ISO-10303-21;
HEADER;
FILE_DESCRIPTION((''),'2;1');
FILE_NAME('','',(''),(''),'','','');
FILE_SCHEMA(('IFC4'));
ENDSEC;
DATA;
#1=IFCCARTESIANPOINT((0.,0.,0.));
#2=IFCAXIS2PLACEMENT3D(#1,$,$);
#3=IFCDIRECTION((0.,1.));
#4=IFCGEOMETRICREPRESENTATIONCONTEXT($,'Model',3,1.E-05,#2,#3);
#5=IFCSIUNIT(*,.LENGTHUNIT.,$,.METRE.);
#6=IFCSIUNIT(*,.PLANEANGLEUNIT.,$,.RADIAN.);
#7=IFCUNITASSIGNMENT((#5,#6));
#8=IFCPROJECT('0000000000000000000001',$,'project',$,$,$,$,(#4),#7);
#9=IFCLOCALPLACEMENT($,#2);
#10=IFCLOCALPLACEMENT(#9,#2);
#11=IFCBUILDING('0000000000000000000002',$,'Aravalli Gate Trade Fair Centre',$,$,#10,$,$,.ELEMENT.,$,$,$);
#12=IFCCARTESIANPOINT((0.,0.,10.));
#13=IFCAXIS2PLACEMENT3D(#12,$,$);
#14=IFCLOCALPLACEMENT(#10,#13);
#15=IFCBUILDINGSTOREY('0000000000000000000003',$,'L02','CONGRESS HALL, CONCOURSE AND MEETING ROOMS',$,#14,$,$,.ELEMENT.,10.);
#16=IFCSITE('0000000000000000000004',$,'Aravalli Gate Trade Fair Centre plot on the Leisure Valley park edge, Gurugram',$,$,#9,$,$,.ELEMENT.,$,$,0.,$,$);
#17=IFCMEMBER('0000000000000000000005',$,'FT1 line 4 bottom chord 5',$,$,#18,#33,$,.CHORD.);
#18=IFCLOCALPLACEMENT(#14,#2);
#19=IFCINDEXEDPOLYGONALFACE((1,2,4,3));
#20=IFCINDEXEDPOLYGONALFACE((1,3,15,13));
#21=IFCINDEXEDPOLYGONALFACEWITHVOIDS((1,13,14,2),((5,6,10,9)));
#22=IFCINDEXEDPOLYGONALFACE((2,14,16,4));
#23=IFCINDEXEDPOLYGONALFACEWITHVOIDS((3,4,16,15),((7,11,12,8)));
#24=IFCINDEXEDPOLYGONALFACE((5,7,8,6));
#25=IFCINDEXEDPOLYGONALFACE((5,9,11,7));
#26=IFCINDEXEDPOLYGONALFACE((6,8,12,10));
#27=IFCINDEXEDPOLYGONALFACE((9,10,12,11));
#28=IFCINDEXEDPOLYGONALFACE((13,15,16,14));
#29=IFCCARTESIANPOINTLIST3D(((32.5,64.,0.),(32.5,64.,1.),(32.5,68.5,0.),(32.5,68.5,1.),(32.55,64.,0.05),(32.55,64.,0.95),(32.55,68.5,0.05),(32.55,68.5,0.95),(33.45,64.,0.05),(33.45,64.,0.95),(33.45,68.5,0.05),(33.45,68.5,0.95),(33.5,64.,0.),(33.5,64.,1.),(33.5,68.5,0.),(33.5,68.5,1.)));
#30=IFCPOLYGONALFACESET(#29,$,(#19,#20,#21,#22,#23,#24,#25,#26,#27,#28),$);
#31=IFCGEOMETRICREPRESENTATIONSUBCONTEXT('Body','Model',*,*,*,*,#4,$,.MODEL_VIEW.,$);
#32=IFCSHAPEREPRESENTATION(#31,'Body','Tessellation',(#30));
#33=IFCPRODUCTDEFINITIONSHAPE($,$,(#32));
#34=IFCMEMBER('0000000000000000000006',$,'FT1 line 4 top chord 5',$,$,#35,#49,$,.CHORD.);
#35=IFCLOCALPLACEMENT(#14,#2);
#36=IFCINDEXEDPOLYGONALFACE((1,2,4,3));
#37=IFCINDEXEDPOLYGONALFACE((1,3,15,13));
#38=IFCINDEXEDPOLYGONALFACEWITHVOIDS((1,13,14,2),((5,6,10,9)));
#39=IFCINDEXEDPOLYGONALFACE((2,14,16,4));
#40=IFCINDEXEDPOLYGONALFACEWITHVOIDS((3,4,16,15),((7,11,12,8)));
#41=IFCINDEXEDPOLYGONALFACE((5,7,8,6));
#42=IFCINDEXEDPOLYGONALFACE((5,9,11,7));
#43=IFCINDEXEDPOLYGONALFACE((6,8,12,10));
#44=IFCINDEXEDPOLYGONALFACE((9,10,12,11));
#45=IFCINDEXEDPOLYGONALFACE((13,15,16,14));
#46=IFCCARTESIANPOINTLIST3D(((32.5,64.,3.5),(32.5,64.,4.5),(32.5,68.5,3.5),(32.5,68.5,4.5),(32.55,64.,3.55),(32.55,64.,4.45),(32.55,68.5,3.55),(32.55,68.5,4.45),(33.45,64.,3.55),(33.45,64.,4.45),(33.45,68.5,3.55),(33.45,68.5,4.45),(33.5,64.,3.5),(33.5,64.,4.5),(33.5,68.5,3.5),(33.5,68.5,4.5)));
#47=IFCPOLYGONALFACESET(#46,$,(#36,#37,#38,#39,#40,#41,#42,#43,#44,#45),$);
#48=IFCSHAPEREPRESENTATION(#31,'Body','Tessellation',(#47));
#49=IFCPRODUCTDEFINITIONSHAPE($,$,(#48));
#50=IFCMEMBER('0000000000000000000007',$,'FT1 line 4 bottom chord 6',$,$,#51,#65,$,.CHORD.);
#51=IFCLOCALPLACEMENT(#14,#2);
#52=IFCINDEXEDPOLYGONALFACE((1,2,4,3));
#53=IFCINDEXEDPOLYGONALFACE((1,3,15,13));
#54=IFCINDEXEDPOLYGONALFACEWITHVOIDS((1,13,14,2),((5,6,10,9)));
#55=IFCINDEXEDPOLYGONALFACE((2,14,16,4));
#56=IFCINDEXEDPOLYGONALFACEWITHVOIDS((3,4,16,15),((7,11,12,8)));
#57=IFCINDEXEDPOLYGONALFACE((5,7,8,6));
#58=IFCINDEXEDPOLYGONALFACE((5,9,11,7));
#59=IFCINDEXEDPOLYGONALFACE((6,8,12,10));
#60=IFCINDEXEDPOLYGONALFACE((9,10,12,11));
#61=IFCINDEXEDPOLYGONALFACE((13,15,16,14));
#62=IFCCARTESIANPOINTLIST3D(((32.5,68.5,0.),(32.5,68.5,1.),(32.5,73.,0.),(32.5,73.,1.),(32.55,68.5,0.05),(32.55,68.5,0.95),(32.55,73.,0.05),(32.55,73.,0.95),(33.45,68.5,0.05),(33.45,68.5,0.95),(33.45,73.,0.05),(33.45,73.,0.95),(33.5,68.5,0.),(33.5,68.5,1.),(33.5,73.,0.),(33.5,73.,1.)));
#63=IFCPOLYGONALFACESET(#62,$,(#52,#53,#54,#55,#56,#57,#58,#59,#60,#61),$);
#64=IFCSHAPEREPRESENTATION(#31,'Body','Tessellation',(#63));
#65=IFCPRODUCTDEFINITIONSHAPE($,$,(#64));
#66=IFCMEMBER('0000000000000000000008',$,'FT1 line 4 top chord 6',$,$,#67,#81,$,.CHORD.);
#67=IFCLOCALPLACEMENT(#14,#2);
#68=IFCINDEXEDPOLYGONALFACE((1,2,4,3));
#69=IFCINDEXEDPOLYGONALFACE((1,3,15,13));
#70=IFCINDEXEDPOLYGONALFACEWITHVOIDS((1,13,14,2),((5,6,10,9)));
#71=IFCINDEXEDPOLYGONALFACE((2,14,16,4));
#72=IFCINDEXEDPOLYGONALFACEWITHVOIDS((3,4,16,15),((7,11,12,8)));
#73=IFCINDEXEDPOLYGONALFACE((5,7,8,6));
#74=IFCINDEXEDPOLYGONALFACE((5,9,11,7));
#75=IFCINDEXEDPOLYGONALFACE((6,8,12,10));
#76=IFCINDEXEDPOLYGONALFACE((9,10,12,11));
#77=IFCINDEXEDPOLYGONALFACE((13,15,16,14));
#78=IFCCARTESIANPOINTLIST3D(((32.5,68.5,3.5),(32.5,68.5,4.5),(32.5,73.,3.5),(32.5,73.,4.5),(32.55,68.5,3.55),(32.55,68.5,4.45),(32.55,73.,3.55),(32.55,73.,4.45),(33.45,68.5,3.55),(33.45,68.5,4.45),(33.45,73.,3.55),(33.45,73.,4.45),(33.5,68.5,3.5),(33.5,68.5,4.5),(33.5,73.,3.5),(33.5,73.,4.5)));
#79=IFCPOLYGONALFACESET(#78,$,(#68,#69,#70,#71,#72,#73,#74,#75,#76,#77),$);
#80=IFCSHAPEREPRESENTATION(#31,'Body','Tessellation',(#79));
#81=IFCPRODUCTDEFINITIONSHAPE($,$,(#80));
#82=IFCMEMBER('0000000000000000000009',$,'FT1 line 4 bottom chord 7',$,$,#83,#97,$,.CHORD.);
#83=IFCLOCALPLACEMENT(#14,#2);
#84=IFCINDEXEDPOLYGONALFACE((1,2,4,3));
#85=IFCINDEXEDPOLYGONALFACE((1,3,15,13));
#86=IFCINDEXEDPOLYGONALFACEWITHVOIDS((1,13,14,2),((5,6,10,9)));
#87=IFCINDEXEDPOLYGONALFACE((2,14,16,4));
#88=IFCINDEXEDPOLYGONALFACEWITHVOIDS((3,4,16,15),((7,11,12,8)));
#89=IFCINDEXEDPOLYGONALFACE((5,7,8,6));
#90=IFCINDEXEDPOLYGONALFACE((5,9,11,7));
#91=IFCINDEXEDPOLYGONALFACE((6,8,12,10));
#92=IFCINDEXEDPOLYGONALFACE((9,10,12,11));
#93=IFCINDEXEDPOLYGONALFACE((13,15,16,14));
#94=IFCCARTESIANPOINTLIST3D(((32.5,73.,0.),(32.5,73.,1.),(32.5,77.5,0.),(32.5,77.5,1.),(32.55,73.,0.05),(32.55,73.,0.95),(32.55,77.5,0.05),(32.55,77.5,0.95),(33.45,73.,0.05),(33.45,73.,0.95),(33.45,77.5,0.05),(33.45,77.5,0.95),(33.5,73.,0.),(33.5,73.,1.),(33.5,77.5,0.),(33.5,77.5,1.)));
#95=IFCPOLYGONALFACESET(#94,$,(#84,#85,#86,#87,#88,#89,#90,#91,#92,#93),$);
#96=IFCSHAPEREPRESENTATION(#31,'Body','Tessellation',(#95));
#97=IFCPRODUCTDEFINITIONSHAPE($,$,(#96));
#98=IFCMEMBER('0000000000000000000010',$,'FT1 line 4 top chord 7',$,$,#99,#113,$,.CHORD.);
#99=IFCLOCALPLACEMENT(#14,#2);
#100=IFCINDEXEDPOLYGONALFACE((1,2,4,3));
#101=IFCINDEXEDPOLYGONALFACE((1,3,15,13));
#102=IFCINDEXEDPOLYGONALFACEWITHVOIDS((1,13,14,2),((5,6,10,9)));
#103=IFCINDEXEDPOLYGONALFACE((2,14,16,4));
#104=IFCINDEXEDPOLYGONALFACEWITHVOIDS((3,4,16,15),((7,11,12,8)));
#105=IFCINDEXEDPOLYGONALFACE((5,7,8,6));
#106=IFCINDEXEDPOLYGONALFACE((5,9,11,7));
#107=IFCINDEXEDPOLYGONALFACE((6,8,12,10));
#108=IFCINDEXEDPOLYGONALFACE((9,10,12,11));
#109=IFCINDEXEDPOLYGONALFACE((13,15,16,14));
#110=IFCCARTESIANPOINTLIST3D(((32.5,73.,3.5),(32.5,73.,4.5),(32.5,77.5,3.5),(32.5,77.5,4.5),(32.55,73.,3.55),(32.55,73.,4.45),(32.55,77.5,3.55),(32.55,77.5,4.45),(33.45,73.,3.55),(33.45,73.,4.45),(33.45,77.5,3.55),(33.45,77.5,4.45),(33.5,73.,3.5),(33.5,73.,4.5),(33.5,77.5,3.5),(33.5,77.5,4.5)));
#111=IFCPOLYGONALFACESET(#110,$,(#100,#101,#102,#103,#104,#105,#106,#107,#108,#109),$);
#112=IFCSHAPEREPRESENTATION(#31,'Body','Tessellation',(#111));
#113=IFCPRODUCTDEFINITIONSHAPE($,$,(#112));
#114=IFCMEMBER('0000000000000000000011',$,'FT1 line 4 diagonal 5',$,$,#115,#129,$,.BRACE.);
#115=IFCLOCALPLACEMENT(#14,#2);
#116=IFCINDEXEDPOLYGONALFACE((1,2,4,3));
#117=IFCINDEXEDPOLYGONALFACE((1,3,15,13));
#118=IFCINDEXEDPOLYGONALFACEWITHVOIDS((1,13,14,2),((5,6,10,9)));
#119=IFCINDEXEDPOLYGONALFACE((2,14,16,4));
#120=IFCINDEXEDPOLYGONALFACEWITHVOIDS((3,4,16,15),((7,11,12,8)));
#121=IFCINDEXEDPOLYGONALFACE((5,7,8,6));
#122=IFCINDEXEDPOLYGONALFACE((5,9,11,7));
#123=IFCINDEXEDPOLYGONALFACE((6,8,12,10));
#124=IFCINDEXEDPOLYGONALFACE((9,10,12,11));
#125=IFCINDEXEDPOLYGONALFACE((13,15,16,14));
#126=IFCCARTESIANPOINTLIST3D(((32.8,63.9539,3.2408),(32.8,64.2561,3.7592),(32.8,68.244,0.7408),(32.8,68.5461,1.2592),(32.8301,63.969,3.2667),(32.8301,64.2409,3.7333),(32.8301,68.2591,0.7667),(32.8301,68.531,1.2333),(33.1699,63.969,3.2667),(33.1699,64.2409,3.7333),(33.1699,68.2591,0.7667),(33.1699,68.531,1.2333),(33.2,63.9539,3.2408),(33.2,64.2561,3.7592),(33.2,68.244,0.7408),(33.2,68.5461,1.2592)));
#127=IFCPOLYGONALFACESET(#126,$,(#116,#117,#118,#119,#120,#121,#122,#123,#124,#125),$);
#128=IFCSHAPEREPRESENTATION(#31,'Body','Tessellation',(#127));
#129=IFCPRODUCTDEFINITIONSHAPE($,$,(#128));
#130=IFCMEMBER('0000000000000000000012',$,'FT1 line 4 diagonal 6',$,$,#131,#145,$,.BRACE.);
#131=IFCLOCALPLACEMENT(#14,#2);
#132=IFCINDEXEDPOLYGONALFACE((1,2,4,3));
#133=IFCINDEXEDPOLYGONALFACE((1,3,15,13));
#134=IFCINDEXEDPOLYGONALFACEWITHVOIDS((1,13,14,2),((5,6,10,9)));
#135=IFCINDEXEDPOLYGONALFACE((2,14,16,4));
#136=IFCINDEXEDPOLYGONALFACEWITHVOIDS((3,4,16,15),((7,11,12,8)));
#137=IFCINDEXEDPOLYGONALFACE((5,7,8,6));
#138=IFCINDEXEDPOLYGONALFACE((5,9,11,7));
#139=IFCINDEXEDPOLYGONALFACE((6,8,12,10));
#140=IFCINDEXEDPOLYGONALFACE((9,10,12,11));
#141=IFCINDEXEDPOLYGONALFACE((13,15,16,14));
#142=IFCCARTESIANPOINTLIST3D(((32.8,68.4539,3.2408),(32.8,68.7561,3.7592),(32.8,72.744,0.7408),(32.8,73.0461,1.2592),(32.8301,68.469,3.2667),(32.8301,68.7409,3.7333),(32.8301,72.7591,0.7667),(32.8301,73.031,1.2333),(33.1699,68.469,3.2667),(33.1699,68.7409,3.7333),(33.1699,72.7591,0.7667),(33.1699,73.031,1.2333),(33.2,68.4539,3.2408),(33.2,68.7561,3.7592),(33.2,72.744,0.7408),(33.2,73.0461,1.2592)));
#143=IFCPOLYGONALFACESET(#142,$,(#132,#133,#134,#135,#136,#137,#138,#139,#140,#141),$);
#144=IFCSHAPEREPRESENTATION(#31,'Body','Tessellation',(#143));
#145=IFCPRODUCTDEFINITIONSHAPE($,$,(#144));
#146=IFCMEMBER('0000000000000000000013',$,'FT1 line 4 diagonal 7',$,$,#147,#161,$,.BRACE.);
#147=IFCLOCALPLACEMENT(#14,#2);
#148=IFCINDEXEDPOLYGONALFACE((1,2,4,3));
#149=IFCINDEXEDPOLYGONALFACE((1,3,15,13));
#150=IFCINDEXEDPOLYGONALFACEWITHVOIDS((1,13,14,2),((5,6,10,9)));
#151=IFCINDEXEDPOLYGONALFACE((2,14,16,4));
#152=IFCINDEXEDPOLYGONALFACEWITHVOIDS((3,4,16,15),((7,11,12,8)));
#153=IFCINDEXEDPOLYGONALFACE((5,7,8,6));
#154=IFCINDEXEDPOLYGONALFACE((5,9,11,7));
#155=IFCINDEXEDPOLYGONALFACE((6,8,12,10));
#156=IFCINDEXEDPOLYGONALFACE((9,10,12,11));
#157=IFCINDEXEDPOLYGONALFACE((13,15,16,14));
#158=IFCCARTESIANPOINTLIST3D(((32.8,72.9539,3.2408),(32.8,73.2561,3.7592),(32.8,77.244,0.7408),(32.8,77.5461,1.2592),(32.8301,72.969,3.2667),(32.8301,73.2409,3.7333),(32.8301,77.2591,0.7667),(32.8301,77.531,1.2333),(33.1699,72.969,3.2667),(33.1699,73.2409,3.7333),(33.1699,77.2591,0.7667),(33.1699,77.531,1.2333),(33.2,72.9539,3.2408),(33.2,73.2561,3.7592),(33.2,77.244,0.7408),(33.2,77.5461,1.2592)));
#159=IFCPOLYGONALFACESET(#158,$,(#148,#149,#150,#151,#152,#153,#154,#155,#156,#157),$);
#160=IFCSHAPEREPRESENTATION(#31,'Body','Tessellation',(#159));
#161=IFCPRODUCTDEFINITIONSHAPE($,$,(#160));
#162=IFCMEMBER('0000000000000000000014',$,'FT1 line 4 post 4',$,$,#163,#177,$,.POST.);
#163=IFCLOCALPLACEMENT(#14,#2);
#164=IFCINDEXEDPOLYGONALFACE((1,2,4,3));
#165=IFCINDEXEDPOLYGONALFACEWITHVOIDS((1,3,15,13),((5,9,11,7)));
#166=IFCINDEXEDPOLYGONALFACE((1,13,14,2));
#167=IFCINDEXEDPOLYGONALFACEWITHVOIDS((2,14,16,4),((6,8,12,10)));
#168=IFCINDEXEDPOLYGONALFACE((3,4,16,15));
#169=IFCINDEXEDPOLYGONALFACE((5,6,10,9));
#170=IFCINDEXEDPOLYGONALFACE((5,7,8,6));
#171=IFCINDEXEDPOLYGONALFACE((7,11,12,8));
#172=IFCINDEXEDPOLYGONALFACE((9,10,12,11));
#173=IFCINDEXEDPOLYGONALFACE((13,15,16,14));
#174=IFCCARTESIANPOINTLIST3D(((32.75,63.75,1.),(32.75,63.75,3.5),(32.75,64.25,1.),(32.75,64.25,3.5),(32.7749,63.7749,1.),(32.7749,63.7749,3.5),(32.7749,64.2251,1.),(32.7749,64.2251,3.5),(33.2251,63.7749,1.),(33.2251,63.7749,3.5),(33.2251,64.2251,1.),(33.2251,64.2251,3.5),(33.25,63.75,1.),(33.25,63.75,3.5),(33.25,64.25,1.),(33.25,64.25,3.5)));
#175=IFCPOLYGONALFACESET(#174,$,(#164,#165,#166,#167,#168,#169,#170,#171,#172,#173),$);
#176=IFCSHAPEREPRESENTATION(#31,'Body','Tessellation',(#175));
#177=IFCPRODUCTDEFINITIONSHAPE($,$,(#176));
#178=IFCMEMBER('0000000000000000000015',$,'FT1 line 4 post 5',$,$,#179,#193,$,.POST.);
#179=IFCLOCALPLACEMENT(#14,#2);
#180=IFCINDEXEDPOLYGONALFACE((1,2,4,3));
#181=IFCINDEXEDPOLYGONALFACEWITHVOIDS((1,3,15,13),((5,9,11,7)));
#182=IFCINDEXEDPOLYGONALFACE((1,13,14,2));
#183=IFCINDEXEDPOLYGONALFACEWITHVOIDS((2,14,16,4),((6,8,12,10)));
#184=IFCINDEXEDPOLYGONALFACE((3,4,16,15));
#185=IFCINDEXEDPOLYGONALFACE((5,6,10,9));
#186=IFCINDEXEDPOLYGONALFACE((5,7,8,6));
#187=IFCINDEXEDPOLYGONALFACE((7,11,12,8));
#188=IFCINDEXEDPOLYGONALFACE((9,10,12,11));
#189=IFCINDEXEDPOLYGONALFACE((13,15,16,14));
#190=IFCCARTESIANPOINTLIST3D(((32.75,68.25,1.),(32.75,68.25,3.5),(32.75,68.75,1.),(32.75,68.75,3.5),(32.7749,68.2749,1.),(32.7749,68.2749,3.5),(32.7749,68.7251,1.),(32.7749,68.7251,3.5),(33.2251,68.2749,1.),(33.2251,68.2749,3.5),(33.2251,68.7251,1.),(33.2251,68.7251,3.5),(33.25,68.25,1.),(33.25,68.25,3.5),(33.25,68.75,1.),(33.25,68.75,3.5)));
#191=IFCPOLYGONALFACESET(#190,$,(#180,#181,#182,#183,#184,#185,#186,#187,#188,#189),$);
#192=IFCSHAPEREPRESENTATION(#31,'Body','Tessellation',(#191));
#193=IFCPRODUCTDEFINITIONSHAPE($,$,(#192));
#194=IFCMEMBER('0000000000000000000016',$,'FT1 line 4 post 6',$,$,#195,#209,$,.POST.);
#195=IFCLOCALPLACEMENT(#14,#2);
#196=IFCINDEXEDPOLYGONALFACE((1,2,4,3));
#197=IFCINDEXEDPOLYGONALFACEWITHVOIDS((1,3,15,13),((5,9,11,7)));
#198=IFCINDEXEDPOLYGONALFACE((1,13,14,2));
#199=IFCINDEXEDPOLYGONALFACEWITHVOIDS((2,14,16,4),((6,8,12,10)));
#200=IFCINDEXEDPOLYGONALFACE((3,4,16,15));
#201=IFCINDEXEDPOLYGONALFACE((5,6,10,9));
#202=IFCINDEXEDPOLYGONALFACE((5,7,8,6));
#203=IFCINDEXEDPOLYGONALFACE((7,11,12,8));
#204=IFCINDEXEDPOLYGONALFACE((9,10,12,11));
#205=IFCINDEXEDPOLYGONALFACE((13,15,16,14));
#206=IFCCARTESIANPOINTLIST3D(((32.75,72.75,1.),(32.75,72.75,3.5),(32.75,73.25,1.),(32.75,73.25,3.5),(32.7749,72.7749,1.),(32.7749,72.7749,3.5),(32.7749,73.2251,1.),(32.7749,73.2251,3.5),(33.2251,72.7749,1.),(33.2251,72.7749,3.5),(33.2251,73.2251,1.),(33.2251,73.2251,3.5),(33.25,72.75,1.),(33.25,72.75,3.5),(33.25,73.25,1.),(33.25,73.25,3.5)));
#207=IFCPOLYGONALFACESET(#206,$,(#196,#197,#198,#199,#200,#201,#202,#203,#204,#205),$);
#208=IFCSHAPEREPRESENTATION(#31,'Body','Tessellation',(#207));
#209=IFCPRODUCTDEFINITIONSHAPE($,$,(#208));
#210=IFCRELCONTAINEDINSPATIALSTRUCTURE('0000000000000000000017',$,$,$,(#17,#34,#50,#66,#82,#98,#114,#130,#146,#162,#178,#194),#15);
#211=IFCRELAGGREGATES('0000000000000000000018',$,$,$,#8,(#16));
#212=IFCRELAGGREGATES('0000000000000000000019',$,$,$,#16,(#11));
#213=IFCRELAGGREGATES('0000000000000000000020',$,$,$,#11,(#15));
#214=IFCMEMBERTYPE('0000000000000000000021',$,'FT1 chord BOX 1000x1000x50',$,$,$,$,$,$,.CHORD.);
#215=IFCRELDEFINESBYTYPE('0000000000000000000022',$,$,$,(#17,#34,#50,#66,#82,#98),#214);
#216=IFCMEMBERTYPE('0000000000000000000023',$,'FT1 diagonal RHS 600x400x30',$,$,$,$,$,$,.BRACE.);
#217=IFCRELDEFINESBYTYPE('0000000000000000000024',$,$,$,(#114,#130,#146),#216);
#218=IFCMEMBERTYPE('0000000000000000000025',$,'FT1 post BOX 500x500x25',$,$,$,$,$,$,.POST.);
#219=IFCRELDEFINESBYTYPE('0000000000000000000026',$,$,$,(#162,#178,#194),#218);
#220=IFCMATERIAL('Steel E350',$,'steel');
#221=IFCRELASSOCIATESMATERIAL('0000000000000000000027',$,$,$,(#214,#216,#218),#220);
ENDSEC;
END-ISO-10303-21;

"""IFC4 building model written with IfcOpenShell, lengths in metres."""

from ifc_helpers import new_model, si_unit, direction, frame, origin, origin_2d, place, context, subcontext, project, spatial, hollow_rectangle, extrude, material, material_profile, profile_set, type_object, element, save


model = new_model("IFC4")

# Units and contexts
model_context = context("Model", 3, precision=1e-05, world=origin(), true_north=direction((0.0, 1.0)))
body_context = subcontext(model_context, "Body", "Model", "MODEL_VIEW")
ifc_project = project(units=[si_unit("LENGTHUNIT", "METRE"), si_unit("PLANEANGLEUNIT", "RADIAN")], contexts=[model_context])

# Site, building, storey
site_placement = place(None, origin())
site = spatial("IfcSite", under=ifc_project, at=site_placement, Name="Aravalli Gate Trade Fair Centre plot on the Leisure Valley park edge, Gurugram", CompositionType="ELEMENT", RefElevation=0.0)
building_placement = place(site_placement, origin())
building = spatial("IfcBuilding", under=site, at=building_placement, Name="Aravalli Gate Trade Fair Centre", CompositionType="ELEMENT")
storey_placement = place(building_placement, frame((0.0, 0.0, 10.0)))
storey = spatial("IfcBuildingStorey", under=building, at=storey_placement, Name="L02", Description="CONGRESS HALL, CONCOURSE AND MEETING ROOMS", CompositionType="ELEMENT", Elevation=10.0)

# Members
ifc_material = material(Name="Steel E350", Category="steel")
ifc_material_profile_1 = material_profile(ifc_material, hollow_rectangle(XDim=1.0, YDim=1.0, WallThickness=0.05, at=origin_2d()), Name="BOX 1000x1000x50")
ifc_profile_set_1 = profile_set([ifc_material_profile_1], Name="Steel E350")
member_type_1 = type_object("IfcMemberType", Name="FT1 chord BOX 1000x1000x50", PredefinedType="CHORD", material=ifc_profile_set_1)
for number, where, z_axis, x_axis, name in (
    (1, (33.0, 64.0, 0.5), (0.0, 1.0, 0.0), (-1.0, 0.0, 0.0), "FT1 line 4 bottom chord 5"),
    (2, (33.0, 64.0, 4.0), (0.0, 1.0, 0.0), (-1.0, 0.0, 0.0), "FT1 line 4 top chord 5"),
    (3, (33.0, 68.5, 0.5), (0.0, 1.0, 0.0), (-1.0, 0.0, 0.0), "FT1 line 4 bottom chord 6"),
    (4, (33.0, 68.5, 4.0), (0.0, 1.0, 0.0), (-1.0, 0.0, 0.0), "FT1 line 4 top chord 6"),
    (5, (33.0, 73.0, 0.5), (0.0, 1.0, 0.0), (-1.0, 0.0, 0.0), "FT1 line 4 bottom chord 7"),
    (6, (33.0, 73.0, 4.0), (0.0, 1.0, 0.0), (-1.0, 0.0, 0.0), "FT1 line 4 top chord 7"),
):
    element("IfcMember", number, at=place(storey_placement, frame(where, z_axis=z_axis, x_axis=x_axis)), inside=storey, type_object=member_type_1, Name=name, PredefinedType="CHORD", context=body_context, shape_type="SweptSolid", body=[
        extrude(hollow_rectangle(XDim=1.0, YDim=1.0, WallThickness=0.05, at=origin_2d()), origin(), (0.0, 0.0, 1.0), 4.5),
    ])
ifc_material_profile_2 = material_profile(ifc_material, hollow_rectangle(XDim=0.3999, YDim=0.6001, WallThickness=0.03, at=origin_2d()), Name="RHS 600x400x30")
ifc_profile_set_2 = profile_set([ifc_material_profile_2], Name="Steel E350")
member_type_2 = type_object("IfcMemberType", Name="FT1 diagonal RHS 600x400x30", PredefinedType="BRACE", material=ifc_profile_set_2)
for number, where, z_axis, x_axis, name in (
    (7, (33.0, 64.105, 3.5), (0.0, 0.864, -0.503492), (-1.0, 0.0, 0.0), "FT1 line 4 diagonal 5"),
    (8, (33.0, 68.605, 3.5), (0.0, 0.864, -0.503492), (-1.0, 0.0, 0.0), "FT1 line 4 diagonal 6"),
    (9, (33.0, 73.105, 3.5), (0.0, 0.864, -0.503492), (-1.0, 0.0, 0.0), "FT1 line 4 diagonal 7"),
):
    element("IfcMember", number, at=place(storey_placement, frame(where, z_axis=z_axis, x_axis=x_axis)), inside=storey, type_object=member_type_2, Name=name, PredefinedType="BRACE", context=body_context, shape_type="SweptSolid", body=[
        extrude(hollow_rectangle(XDim=0.3999, YDim=0.6001, WallThickness=0.03, at=origin_2d()), origin(), (0.0, 0.0, 1.0), 4.9653),
    ])
ifc_material_profile_3 = material_profile(ifc_material, hollow_rectangle(XDim=0.5, YDim=0.5, WallThickness=0.0249, at=origin_2d()), Name="BOX 500x500x25")
ifc_profile_set_3 = profile_set([ifc_material_profile_3], Name="Steel E350")
member_type_3 = type_object("IfcMemberType", Name="FT1 post BOX 500x500x25", PredefinedType="POST", material=ifc_profile_set_3)
for number, where, z_axis, x_axis, name in (
    (10, (33.0, 64.0, 1.0), (0.0, 0.0, 1.0), (1.0, 0.0, 0.0), "FT1 line 4 post 4"),
    (11, (33.0, 68.5, 1.0), (0.0, 0.0, 1.0), (1.0, 0.0, 0.0), "FT1 line 4 post 5"),
    (12, (33.0, 73.0, 1.0), (0.0, 0.0, 1.0), (1.0, 0.0, 0.0), "FT1 line 4 post 6"),
):
    element("IfcMember", number, at=place(storey_placement, frame(where, z_axis=z_axis, x_axis=x_axis)), inside=storey, type_object=member_type_3, Name=name, PredefinedType="POST", context=body_context, shape_type="SweptSolid", body=[
        extrude(hollow_rectangle(XDim=0.5, YDim=0.5, WallThickness=0.0249, at=origin_2d()), origin(), (0.0, 0.0, 1.0), 2.5),
    ])

save(model, "model.ifc")
